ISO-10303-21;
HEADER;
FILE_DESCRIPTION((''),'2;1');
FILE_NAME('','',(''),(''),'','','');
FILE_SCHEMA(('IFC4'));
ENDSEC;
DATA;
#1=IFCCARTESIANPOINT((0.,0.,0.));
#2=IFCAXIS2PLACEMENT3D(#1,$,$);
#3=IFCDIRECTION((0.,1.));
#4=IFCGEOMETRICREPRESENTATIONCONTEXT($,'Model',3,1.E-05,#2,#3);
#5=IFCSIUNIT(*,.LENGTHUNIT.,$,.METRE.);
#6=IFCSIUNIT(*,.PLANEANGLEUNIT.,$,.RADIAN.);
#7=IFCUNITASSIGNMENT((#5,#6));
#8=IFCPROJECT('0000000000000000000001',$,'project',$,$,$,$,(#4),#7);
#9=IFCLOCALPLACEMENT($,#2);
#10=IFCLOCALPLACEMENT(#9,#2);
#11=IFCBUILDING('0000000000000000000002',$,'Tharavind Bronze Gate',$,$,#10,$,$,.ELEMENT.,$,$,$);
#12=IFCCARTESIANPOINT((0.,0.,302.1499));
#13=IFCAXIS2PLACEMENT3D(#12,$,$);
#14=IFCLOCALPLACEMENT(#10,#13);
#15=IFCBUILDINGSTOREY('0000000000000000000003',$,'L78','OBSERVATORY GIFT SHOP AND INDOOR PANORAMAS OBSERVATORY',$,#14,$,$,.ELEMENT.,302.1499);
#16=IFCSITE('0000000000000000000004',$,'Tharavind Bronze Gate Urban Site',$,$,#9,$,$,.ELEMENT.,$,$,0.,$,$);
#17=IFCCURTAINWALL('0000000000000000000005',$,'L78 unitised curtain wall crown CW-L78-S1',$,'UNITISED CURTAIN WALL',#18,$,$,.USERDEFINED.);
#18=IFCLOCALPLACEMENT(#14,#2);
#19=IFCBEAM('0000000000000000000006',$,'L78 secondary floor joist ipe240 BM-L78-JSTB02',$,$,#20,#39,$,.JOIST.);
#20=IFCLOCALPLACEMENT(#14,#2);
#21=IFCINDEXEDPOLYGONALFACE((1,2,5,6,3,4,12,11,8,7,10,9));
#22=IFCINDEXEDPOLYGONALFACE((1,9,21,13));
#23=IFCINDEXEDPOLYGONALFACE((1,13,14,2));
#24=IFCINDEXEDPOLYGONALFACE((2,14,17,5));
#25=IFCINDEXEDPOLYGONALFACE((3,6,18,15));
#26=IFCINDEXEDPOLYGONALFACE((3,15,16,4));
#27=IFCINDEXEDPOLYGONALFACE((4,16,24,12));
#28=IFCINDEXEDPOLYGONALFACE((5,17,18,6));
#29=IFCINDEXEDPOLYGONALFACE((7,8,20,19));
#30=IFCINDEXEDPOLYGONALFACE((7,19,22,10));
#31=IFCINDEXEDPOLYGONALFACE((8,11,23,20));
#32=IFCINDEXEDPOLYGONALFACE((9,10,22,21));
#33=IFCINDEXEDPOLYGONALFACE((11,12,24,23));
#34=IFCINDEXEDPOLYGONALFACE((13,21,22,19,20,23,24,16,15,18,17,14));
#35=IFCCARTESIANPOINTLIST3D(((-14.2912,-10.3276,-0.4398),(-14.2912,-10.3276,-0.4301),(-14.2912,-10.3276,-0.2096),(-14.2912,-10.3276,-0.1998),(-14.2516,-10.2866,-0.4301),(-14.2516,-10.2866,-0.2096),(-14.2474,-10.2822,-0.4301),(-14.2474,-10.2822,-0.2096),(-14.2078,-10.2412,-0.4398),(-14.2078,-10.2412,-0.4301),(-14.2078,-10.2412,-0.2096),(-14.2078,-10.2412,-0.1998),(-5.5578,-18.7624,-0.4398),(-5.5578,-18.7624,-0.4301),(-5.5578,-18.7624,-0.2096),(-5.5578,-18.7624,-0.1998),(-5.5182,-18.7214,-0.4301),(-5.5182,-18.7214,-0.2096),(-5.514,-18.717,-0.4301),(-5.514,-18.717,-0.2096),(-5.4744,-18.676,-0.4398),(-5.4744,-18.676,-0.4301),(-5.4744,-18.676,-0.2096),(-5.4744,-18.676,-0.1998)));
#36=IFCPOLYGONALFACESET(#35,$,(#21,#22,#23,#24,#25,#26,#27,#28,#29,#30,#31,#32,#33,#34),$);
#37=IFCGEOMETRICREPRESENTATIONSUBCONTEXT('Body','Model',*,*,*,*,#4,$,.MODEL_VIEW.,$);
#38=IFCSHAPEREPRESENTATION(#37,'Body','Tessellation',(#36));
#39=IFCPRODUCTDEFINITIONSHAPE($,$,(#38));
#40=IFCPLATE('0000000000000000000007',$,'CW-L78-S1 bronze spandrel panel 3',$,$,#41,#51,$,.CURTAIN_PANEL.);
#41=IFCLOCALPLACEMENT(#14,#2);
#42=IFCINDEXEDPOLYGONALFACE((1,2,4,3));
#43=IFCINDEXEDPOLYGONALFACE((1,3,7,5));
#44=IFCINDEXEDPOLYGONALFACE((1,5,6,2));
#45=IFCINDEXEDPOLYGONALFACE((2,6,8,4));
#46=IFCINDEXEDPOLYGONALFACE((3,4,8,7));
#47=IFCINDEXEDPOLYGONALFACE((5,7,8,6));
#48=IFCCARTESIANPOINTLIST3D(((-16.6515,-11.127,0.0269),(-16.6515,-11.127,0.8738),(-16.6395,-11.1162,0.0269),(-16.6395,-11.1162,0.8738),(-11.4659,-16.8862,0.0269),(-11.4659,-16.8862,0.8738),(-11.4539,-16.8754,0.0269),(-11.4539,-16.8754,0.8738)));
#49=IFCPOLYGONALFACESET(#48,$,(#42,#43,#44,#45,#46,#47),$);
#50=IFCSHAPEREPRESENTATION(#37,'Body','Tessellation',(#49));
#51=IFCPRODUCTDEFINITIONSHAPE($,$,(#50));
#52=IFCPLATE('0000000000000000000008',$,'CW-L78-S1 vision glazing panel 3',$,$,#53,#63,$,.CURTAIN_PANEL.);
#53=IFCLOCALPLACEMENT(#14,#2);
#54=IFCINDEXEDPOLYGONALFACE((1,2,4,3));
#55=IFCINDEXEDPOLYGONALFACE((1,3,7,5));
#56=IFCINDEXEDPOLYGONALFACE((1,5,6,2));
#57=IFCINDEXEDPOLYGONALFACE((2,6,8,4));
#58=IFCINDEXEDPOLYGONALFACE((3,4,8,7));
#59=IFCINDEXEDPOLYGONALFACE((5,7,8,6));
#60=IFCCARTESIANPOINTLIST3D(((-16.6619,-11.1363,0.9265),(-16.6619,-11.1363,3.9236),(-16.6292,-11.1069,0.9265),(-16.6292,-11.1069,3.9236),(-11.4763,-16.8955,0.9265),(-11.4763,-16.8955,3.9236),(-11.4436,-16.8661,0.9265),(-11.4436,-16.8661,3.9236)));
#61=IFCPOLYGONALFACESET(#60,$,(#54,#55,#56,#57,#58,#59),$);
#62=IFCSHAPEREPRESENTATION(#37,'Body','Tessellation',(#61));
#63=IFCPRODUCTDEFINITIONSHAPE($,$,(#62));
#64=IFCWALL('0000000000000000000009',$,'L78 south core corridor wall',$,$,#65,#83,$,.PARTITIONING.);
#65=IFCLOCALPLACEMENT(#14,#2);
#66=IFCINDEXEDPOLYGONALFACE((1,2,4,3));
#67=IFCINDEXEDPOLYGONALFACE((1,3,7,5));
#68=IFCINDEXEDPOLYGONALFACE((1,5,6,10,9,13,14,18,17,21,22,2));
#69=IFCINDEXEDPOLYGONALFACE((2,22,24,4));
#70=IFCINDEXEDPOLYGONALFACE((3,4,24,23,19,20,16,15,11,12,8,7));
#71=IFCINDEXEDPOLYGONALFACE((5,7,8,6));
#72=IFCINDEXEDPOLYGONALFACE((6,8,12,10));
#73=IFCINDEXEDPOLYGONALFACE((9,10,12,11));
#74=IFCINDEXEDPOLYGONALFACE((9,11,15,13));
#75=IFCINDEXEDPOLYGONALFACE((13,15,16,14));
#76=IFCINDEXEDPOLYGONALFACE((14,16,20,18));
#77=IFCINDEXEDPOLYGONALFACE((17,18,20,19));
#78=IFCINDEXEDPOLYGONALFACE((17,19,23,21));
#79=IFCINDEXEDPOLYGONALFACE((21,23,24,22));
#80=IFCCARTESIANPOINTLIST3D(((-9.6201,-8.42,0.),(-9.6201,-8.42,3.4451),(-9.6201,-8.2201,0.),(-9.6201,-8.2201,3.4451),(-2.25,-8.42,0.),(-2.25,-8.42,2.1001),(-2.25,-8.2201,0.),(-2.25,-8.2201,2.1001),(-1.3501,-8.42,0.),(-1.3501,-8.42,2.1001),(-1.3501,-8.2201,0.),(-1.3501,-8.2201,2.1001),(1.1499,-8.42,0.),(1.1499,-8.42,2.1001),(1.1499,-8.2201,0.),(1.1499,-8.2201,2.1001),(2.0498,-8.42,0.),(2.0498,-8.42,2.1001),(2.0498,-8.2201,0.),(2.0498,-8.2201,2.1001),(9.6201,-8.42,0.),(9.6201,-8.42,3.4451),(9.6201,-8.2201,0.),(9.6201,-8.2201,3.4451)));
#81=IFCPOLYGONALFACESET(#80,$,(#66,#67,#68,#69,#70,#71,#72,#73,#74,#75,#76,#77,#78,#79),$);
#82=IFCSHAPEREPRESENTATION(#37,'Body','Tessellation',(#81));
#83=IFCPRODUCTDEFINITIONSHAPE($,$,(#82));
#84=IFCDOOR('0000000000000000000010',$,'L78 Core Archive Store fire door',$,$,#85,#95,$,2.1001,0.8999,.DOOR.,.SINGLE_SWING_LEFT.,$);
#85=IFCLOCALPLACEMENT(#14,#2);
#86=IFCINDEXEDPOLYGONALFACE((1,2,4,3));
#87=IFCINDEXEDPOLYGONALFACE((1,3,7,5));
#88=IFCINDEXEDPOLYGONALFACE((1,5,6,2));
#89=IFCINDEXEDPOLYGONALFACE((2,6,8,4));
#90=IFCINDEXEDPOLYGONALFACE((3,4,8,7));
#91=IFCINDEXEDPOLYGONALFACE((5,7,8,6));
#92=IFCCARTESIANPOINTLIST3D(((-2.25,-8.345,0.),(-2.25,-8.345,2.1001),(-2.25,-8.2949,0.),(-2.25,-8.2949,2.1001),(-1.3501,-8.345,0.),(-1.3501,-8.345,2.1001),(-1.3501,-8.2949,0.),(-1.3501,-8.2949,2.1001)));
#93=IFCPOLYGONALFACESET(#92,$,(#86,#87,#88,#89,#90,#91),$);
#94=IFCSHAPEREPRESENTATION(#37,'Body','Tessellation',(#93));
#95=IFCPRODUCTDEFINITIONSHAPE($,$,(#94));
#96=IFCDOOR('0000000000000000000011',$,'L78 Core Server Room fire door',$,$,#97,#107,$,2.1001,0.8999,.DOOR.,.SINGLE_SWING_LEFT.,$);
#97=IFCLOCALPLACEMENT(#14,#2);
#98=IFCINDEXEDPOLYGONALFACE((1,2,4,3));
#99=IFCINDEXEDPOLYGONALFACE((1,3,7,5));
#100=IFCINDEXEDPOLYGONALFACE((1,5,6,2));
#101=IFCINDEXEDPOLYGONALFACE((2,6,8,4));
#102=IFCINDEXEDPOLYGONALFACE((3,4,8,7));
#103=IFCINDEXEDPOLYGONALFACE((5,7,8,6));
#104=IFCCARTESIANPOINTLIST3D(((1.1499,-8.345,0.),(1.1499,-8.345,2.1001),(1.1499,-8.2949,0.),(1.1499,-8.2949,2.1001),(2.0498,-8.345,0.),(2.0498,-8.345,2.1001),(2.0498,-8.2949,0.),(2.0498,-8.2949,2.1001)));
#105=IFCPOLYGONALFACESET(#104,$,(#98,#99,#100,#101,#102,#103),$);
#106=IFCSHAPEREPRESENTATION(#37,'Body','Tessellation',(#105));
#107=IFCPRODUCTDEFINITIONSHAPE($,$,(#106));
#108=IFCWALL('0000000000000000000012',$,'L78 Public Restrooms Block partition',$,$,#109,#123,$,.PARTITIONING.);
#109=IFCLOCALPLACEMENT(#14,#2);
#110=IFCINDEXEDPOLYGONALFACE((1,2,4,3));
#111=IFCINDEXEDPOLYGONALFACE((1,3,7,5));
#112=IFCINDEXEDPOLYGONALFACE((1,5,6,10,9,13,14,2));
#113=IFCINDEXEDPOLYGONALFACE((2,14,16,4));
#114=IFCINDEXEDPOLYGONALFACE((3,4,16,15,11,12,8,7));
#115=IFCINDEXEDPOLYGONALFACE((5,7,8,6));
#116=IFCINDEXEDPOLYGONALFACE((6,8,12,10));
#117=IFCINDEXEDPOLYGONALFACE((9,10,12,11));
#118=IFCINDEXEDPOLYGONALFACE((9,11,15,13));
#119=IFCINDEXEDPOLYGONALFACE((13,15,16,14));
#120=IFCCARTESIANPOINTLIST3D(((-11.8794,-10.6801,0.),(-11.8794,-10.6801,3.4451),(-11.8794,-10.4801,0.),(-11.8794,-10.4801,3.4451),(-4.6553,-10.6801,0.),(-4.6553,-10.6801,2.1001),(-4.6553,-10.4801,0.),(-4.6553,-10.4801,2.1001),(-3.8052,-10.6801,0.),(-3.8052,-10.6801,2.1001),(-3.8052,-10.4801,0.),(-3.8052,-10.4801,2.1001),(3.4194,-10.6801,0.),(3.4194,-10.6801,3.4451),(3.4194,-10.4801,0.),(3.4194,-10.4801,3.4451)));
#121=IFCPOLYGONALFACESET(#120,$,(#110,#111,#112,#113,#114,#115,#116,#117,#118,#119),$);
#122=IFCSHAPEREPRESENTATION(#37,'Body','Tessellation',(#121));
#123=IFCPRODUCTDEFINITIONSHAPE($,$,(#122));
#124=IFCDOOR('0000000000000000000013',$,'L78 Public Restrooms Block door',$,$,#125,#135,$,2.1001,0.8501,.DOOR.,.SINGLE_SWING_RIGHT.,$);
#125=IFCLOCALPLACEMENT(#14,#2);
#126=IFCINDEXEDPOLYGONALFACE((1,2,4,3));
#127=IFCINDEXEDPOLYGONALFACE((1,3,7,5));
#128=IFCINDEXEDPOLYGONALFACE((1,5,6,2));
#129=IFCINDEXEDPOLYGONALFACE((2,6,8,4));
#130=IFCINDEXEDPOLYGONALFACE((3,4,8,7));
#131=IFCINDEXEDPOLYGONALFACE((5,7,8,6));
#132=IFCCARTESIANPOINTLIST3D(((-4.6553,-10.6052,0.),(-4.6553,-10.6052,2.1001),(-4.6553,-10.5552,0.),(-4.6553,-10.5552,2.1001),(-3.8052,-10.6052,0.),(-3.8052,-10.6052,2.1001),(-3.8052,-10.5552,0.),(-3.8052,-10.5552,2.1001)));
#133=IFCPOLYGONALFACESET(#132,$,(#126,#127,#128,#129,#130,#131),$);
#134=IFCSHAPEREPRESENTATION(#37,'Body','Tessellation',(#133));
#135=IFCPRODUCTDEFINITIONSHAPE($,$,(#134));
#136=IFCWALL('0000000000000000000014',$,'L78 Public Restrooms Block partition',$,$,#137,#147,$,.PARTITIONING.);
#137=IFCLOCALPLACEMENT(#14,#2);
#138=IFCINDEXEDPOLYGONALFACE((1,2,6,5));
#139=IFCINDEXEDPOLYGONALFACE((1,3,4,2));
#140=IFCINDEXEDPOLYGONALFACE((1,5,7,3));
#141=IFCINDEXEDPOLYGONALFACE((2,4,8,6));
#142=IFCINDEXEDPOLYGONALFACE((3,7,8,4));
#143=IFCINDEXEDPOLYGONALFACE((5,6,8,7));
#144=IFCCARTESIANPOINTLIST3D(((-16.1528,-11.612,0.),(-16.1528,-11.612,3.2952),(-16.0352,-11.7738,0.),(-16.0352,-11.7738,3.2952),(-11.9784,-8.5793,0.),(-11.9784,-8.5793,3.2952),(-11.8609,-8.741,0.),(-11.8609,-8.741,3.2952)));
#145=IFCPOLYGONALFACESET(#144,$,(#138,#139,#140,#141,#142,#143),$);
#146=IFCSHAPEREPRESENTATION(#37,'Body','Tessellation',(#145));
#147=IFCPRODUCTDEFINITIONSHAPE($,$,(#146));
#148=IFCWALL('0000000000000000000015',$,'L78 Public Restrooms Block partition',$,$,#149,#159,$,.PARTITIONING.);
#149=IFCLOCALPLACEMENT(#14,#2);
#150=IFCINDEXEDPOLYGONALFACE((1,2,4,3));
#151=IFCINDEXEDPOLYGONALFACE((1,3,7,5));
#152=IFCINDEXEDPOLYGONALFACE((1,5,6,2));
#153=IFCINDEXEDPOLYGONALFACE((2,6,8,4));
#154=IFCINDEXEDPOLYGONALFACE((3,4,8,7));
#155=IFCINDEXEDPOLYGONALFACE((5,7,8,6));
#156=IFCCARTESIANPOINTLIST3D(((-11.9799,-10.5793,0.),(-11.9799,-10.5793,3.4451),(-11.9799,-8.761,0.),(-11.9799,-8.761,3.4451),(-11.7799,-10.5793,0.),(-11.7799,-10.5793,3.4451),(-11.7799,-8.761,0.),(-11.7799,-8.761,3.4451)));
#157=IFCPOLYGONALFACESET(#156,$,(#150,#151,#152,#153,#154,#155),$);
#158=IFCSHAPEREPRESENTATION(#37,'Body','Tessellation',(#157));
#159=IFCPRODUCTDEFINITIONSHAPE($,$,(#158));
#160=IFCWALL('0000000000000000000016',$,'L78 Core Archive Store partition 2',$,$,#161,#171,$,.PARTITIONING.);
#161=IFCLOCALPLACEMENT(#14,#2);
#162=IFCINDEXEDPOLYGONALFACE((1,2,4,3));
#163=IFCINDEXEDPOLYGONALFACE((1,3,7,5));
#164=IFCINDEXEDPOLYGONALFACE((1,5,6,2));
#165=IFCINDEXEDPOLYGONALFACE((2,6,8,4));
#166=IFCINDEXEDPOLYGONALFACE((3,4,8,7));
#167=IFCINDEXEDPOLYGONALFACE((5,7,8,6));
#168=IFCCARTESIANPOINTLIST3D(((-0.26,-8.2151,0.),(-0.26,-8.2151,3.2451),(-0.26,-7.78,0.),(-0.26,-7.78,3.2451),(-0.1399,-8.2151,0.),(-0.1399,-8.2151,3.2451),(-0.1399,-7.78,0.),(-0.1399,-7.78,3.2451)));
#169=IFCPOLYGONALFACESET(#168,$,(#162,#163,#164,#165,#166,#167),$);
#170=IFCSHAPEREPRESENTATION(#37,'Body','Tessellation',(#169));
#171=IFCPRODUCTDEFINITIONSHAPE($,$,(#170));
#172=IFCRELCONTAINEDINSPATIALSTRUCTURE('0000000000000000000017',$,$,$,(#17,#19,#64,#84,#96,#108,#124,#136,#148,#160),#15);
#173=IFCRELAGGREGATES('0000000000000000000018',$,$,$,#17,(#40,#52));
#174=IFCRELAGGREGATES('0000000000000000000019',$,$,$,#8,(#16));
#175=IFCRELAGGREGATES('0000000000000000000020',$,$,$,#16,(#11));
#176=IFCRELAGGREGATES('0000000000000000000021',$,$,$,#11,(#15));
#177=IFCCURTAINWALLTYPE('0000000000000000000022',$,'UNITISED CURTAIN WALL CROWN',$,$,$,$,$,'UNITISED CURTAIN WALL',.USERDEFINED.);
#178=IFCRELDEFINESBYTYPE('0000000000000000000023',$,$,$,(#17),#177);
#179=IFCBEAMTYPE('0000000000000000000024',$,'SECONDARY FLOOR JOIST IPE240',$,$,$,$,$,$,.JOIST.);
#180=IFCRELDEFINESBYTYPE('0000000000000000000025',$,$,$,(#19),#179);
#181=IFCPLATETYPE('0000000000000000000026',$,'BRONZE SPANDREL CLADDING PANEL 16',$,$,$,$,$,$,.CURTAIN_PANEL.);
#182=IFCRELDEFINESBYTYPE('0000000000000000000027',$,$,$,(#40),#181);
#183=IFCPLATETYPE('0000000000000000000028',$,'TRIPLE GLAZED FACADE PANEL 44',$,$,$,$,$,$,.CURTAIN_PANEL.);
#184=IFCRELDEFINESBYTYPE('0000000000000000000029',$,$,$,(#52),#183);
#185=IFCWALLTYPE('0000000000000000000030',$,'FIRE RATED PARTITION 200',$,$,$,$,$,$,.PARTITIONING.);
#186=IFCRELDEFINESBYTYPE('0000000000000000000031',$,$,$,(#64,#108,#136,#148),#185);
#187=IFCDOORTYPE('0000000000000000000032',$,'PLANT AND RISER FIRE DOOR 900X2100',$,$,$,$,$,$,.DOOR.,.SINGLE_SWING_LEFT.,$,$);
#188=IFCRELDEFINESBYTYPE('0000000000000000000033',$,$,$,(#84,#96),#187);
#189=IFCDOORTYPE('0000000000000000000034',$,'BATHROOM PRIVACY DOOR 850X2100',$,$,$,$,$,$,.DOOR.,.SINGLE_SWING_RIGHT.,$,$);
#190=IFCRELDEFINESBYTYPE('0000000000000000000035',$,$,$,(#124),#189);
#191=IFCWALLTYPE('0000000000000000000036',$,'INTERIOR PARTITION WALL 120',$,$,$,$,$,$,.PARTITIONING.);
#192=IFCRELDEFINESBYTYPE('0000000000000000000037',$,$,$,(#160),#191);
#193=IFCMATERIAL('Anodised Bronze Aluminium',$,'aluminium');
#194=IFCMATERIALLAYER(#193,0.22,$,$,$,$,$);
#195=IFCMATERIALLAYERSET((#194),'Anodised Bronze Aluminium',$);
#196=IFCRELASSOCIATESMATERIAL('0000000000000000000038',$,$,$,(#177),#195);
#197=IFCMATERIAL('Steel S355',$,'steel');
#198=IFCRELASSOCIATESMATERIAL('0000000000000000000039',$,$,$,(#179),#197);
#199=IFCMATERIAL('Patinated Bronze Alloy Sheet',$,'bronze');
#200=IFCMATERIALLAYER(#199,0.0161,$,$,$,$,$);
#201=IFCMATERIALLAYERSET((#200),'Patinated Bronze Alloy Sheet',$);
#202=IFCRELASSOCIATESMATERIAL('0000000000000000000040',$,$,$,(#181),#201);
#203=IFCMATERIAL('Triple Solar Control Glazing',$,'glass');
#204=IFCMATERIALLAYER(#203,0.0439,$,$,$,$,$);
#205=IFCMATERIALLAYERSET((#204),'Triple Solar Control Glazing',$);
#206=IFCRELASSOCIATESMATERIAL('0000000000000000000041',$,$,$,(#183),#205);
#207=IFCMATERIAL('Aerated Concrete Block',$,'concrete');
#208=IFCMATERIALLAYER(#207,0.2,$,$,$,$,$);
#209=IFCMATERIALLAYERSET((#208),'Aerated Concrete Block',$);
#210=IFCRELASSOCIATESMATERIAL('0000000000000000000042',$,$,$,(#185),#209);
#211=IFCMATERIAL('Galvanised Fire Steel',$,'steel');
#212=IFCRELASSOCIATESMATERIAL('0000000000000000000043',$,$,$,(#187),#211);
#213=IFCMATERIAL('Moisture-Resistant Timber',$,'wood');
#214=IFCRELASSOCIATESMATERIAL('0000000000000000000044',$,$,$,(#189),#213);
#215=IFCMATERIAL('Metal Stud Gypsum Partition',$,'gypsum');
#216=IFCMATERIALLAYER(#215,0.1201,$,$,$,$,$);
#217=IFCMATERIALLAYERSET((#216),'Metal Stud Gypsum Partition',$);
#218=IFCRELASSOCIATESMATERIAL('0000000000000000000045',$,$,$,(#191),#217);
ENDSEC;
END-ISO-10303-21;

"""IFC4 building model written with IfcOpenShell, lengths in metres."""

from ifc_helpers import new_model, si_unit, direction, frame, frame_2d, origin, origin_2d, place, context, subcontext, project, spatial, rectangle, i_section, extrude, material, layer, layer_set, material_profile, profile_set, type_object, element, fill, aggregate, save


model = new_model("IFC4")

# Units and contexts
model_context = context("Model", 3, precision=1e-05, world=origin(), true_north=direction((0.0, 1.0)))
body_context = subcontext(model_context, "Body", "Model", "MODEL_VIEW")
ifc_project = project(units=[si_unit("LENGTHUNIT", "METRE"), si_unit("PLANEANGLEUNIT", "RADIAN")], contexts=[model_context])

# Site, building, storey
site_placement = place(None, origin())
site = spatial("IfcSite", under=ifc_project, at=site_placement, Name="Tharavind Bronze Gate Urban Site", CompositionType="ELEMENT", RefElevation=0.0)
building_placement = place(site_placement, origin())
building = spatial("IfcBuilding", under=site, at=building_placement, Name="Tharavind Bronze Gate", CompositionType="ELEMENT")
storey_placement = place(building_placement, frame((0.0, 0.0, 302.1499)))
storey = spatial("IfcBuildingStorey", under=building, at=storey_placement, Name="L78", Description="OBSERVATORY GIFT SHOP AND INDOOR PANORAMAS OBSERVATORY", CompositionType="ELEMENT", Elevation=302.1499)

# Curtain wall
ifc_material_1 = material(Name="Anodised Bronze Aluminium", Category="aluminium")
ifc_layer_1 = layer(ifc_material_1, 0.22)
ifc_layer_set_1 = layer_set([ifc_layer_1], Name="Anodised Bronze Aluminium")
curtain_wall_type = type_object("IfcCurtainWallType", Name="UNITISED CURTAIN WALL CROWN", ElementType="UNITISED CURTAIN WALL", PredefinedType="USERDEFINED", material=ifc_layer_set_1)
curtain_wall_placement = place(storey_placement, origin())
curtain_wall = element("IfcCurtainWall", 1, at=curtain_wall_placement, inside=storey, type_object=curtain_wall_type, Name="L78 unitised curtain wall crown CW-L78-S1", ObjectType="UNITISED CURTAIN WALL", PredefinedType="USERDEFINED")

# Beam
ifc_material_2 = material(Name="Steel S355", Category="steel")
ifc_material_profile_1 = material_profile(ifc_material_2, i_section(OverallWidth=0.1201, OverallDepth=0.24, WebThickness=0.0061, FlangeThickness=0.0098, at=origin_2d()), Name="IPE240")
ifc_profile_set_1 = profile_set([ifc_material_profile_1], Name="Steel S355")
beam_type_1 = type_object("IfcBeamType", Name="SECONDARY FLOOR JOIST IPE240", PredefinedType="JOIST", material=ifc_profile_set_1)
beam_1_placement = place(storey_placement, frame((-14.2495, -10.2844, -0.3198), z_axis=(0.719296, -0.694704, 0.0), x_axis=(0.694704, 0.719296, 0.0)))
element("IfcBeam", 2, at=beam_1_placement, inside=storey, type_object=beam_type_1, Name="L78 secondary floor joist ipe240 BM-L78-JSTB02", PredefinedType="JOIST", context=body_context, shape_type="SweptSolid", body=[
    extrude(i_section(OverallWidth=0.1201, OverallDepth=0.24, WebThickness=0.0061, FlangeThickness=0.0098, at=origin_2d()), origin(), (0.0, 0.0, 1.0), 12.1416),
])

# Plates
ifc_material_3 = material(Name="Patinated Bronze Alloy Sheet", Category="bronze")
ifc_layer_2 = layer(ifc_material_3, 0.0161)
ifc_layer_set_2 = layer_set([ifc_layer_2], Name="Patinated Bronze Alloy Sheet")
plate_type_1 = type_object("IfcPlateType", Name="BRONZE SPANDREL CLADDING PANEL 16", PredefinedType="CURTAIN_PANEL", material=ifc_layer_set_2)
plate_1_placement = place(storey_placement, frame((-14.0527, -14.0012, 0.0269), z_axis=(0.0, 0.0, 1.0), x_axis=(0.669131, -0.743145, 0.0)))
plate_1 = element("IfcPlate", 3, at=plate_1_placement, type_object=plate_type_1, Name="CW-L78-S1 bronze spandrel panel 3", PredefinedType="CURTAIN_PANEL", context=body_context, shape_type="SweptSolid", body=[
    extrude(rectangle(XDim=7.7498, YDim=0.0161, at=origin_2d()), origin(), (0.0, 0.0, 1.0), 0.8469),
])
ifc_material_4 = material(Name="Triple Solar Control Glazing", Category="glass")
ifc_layer_3 = layer(ifc_material_4, 0.0439)
ifc_layer_set_3 = layer_set([ifc_layer_3], Name="Triple Solar Control Glazing")
plate_type_2 = type_object("IfcPlateType", Name="TRIPLE GLAZED FACADE PANEL 44", PredefinedType="CURTAIN_PANEL", material=ifc_layer_set_3)
plate_2_placement = place(storey_placement, frame((-14.0527, -14.0012, 0.9265), z_axis=(0.0, 0.0, 1.0), x_axis=(0.669131, -0.743145, 0.0)))
plate_2 = element("IfcPlate", 4, at=plate_2_placement, type_object=plate_type_2, Name="CW-L78-S1 vision glazing panel 3", PredefinedType="CURTAIN_PANEL", context=body_context, shape_type="SweptSolid", body=[
    extrude(rectangle(XDim=7.7498, YDim=0.0439, at=origin_2d()), origin(), (0.0, 0.0, 1.0), 2.9971),
])
aggregate(curtain_wall, [plate_1, plate_2])

# Wall, openings, doors
ifc_material_5 = material(Name="Aerated Concrete Block", Category="concrete")
ifc_layer_4 = layer(ifc_material_5, 0.2)
ifc_layer_set_4 = layer_set([ifc_layer_4], Name="Aerated Concrete Block")
wall_type_1 = type_object("IfcWallType", Name="FIRE RATED PARTITION 200", PredefinedType="PARTITIONING", material=ifc_layer_set_4)
wall_1_placement = place(storey_placement, frame((-9.6201, -8.3201, 0.0), z_axis=(0.0, 0.0, 1.0), x_axis=(1.0, 0.0, 0.0)))
wall_1 = element("IfcWall", 5, at=wall_1_placement, inside=storey, type_object=wall_type_1, Name="L78 south core corridor wall", PredefinedType="PARTITIONING", context=body_context, shape_type="SweptSolid", body=[
    extrude(rectangle(XDim=19.2402, YDim=0.2, at=frame_2d((9.6201, 0.0))), origin(), (0.0, 0.0, 1.0), 3.4451),
])
opening_1_placement = place(wall_1_placement, frame((7.3701, 0.0, 0.0)))
opening_1 = element("IfcOpeningElement", 6, at=opening_1_placement, cuts=wall_1, PredefinedType="OPENING", context=body_context, shape_type="SweptSolid", body=[
    extrude(rectangle(XDim=0.8999, YDim=2.1001, at=frame_2d((0.45, 1.05))), frame((0.0, 0.1101, 0.0), z_axis=(0.0, -1.0, 0.0), x_axis=(1.0, 0.0, 0.0)), (0.0, 0.0, 1.0), 0.22),
])
opening_2_placement = place(wall_1_placement, frame((10.77, 0.0, 0.0)))
opening_2 = element("IfcOpeningElement", 7, at=opening_2_placement, cuts=wall_1, PredefinedType="OPENING", context=body_context, shape_type="SweptSolid", body=[
    extrude(rectangle(XDim=0.8999, YDim=2.1001, at=frame_2d((0.45, 1.05))), frame((0.0, 0.1101, 0.0), z_axis=(0.0, -1.0, 0.0), x_axis=(1.0, 0.0, 0.0)), (0.0, 0.0, 1.0), 0.22),
])
ifc_material_6 = material(Name="Galvanised Fire Steel", Category="steel")
door_type_1 = type_object("IfcDoorType", Name="PLANT AND RISER FIRE DOOR 900X2100", OperationType="SINGLE_SWING_LEFT", PredefinedType="DOOR", material=ifc_material_6)
door_1_placement = place(opening_1_placement, frame((0.8999, 0.0, 0.0), z_axis=(0.0, 0.0, 1.0), x_axis=(-1.0, 0.0, 0.0)))
door_1 = element("IfcDoor", 8, at=door_1_placement, inside=storey, type_object=door_type_1, Name="L78 Core Archive Store fire door", OperationType="SINGLE_SWING_LEFT", OverallHeight=2.1001, OverallWidth=0.8999, PredefinedType="DOOR", context=body_context, shape_type="SweptSolid", body=[
    extrude(rectangle(XDim=0.8999, YDim=2.1001, at=frame_2d((0.45, 1.05))), frame((0.0, 0.0249, 0.0), z_axis=(0.0, -1.0, 0.0), x_axis=(1.0, 0.0, 0.0)), (0.0, 0.0, 1.0), 0.05),
])
fill(opening_1, door_1)
door_2_placement = place(opening_2_placement, frame((0.8999, 0.0, 0.0), z_axis=(0.0, 0.0, 1.0), x_axis=(-1.0, 0.0, 0.0)))
door_2 = element("IfcDoor", 9, at=door_2_placement, inside=storey, type_object=door_type_1, Name="L78 Core Server Room fire door", OperationType="SINGLE_SWING_LEFT", OverallHeight=2.1001, OverallWidth=0.8999, PredefinedType="DOOR", context=body_context, shape_type="SweptSolid", body=[
    extrude(rectangle(XDim=0.8999, YDim=2.1001, at=frame_2d((0.45, 1.05))), frame((0.0, 0.0249, 0.0), z_axis=(0.0, -1.0, 0.0), x_axis=(1.0, 0.0, 0.0)), (0.0, 0.0, 1.0), 0.05),
])
fill(opening_2, door_2)

# Wall, opening, door
wall_2_placement = place(storey_placement, frame((-11.8794, -10.5801, 0.0), z_axis=(0.0, 0.0, 1.0), x_axis=(1.0, 0.0, 0.0)))
wall_2 = element("IfcWall", 10, at=wall_2_placement, inside=storey, type_object=wall_type_1, Name="L78 Public Restrooms Block partition", PredefinedType="PARTITIONING", context=body_context, shape_type="SweptSolid", body=[
    extrude(rectangle(XDim=15.2988, YDim=0.2, at=frame_2d((7.6494, 0.0))), origin(), (0.0, 0.0, 1.0), 3.4451),
])
opening_3_placement = place(wall_2_placement, frame((7.2241, 0.0, 0.0)))
opening_3 = element("IfcOpeningElement", 11, at=opening_3_placement, cuts=wall_2, PredefinedType="OPENING", context=body_context, shape_type="SweptSolid", body=[
    extrude(rectangle(XDim=0.8501, YDim=2.1001, at=frame_2d((0.425, 1.05))), frame((0.0, 0.1101, 0.0), z_axis=(0.0, -1.0, 0.0), x_axis=(1.0, 0.0, 0.0)), (0.0, 0.0, 1.0), 0.22),
])
ifc_material_7 = material(Name="Moisture-Resistant Timber", Category="wood")
door_type_2 = type_object("IfcDoorType", Name="BATHROOM PRIVACY DOOR 850X2100", OperationType="SINGLE_SWING_RIGHT", PredefinedType="DOOR", material=ifc_material_7)
door_3_placement = place(opening_3_placement, origin())
door_3 = element("IfcDoor", 12, at=door_3_placement, inside=storey, type_object=door_type_2, Name="L78 Public Restrooms Block door", OperationType="SINGLE_SWING_RIGHT", OverallHeight=2.1001, OverallWidth=0.8501, PredefinedType="DOOR", context=body_context, shape_type="SweptSolid", body=[
    extrude(rectangle(XDim=0.8501, YDim=2.1001, at=frame_2d((0.425, 1.05))), frame((0.0, 0.0249, 0.0), z_axis=(0.0, -1.0, 0.0), x_axis=(1.0, 0.0, 0.0)), (0.0, 0.0, 1.0), 0.05),
])
fill(opening_3, door_3)

# Walls
wall_3_placement = place(storey_placement, frame((-16.094, -11.6929, 0.0), z_axis=(0.0, 0.0, 1.0), x_axis=(0.809027, 0.587772, 0.0)))
element("IfcWall", 13, at=wall_3_placement, inside=storey, type_object=wall_type_1, Name="L78 Public Restrooms Block partition", PredefinedType="PARTITIONING", context=body_context, shape_type="SweptSolid", body=[
    extrude(rectangle(XDim=5.1597, YDim=0.2, at=frame_2d((2.5798, 0.0))), origin(), (0.0, 0.0, 1.0), 3.2952),
])
wall_4_placement = place(storey_placement, frame((-11.8799, -8.761, 0.0), z_axis=(0.0, 0.0, 1.0), x_axis=(0.0, -1.0, 0.0)))
element("IfcWall", 14, at=wall_4_placement, inside=storey, type_object=wall_type_1, Name="L78 Public Restrooms Block partition", PredefinedType="PARTITIONING", context=body_context, shape_type="SweptSolid", body=[
    extrude(rectangle(XDim=1.8184, YDim=0.2, at=frame_2d((0.9092, 0.0))), origin(), (0.0, 0.0, 1.0), 3.4451),
])
ifc_material_8 = material(Name="Metal Stud Gypsum Partition", Category="gypsum")
ifc_layer_5 = layer(ifc_material_8, 0.1201)
ifc_layer_set_5 = layer_set([ifc_layer_5], Name="Metal Stud Gypsum Partition")
wall_type_2 = type_object("IfcWallType", Name="INTERIOR PARTITION WALL 120", PredefinedType="PARTITIONING", material=ifc_layer_set_5)
wall_5_placement = place(storey_placement, frame((-0.2, -8.2151, 0.0), z_axis=(0.0, 0.0, 1.0), x_axis=(0.0, 1.0, 0.0)))
element("IfcWall", 15, at=wall_5_placement, inside=storey, type_object=wall_type_2, Name="L78 Core Archive Store partition 2", PredefinedType="PARTITIONING", context=body_context, shape_type="SweptSolid", body=[
    extrude(rectangle(XDim=0.4351, YDim=0.1201, at=frame_2d((0.2175, 0.0))), origin(), (0.0, 0.0, 1.0), 3.2451),
])

save(model, "model.ifc")
